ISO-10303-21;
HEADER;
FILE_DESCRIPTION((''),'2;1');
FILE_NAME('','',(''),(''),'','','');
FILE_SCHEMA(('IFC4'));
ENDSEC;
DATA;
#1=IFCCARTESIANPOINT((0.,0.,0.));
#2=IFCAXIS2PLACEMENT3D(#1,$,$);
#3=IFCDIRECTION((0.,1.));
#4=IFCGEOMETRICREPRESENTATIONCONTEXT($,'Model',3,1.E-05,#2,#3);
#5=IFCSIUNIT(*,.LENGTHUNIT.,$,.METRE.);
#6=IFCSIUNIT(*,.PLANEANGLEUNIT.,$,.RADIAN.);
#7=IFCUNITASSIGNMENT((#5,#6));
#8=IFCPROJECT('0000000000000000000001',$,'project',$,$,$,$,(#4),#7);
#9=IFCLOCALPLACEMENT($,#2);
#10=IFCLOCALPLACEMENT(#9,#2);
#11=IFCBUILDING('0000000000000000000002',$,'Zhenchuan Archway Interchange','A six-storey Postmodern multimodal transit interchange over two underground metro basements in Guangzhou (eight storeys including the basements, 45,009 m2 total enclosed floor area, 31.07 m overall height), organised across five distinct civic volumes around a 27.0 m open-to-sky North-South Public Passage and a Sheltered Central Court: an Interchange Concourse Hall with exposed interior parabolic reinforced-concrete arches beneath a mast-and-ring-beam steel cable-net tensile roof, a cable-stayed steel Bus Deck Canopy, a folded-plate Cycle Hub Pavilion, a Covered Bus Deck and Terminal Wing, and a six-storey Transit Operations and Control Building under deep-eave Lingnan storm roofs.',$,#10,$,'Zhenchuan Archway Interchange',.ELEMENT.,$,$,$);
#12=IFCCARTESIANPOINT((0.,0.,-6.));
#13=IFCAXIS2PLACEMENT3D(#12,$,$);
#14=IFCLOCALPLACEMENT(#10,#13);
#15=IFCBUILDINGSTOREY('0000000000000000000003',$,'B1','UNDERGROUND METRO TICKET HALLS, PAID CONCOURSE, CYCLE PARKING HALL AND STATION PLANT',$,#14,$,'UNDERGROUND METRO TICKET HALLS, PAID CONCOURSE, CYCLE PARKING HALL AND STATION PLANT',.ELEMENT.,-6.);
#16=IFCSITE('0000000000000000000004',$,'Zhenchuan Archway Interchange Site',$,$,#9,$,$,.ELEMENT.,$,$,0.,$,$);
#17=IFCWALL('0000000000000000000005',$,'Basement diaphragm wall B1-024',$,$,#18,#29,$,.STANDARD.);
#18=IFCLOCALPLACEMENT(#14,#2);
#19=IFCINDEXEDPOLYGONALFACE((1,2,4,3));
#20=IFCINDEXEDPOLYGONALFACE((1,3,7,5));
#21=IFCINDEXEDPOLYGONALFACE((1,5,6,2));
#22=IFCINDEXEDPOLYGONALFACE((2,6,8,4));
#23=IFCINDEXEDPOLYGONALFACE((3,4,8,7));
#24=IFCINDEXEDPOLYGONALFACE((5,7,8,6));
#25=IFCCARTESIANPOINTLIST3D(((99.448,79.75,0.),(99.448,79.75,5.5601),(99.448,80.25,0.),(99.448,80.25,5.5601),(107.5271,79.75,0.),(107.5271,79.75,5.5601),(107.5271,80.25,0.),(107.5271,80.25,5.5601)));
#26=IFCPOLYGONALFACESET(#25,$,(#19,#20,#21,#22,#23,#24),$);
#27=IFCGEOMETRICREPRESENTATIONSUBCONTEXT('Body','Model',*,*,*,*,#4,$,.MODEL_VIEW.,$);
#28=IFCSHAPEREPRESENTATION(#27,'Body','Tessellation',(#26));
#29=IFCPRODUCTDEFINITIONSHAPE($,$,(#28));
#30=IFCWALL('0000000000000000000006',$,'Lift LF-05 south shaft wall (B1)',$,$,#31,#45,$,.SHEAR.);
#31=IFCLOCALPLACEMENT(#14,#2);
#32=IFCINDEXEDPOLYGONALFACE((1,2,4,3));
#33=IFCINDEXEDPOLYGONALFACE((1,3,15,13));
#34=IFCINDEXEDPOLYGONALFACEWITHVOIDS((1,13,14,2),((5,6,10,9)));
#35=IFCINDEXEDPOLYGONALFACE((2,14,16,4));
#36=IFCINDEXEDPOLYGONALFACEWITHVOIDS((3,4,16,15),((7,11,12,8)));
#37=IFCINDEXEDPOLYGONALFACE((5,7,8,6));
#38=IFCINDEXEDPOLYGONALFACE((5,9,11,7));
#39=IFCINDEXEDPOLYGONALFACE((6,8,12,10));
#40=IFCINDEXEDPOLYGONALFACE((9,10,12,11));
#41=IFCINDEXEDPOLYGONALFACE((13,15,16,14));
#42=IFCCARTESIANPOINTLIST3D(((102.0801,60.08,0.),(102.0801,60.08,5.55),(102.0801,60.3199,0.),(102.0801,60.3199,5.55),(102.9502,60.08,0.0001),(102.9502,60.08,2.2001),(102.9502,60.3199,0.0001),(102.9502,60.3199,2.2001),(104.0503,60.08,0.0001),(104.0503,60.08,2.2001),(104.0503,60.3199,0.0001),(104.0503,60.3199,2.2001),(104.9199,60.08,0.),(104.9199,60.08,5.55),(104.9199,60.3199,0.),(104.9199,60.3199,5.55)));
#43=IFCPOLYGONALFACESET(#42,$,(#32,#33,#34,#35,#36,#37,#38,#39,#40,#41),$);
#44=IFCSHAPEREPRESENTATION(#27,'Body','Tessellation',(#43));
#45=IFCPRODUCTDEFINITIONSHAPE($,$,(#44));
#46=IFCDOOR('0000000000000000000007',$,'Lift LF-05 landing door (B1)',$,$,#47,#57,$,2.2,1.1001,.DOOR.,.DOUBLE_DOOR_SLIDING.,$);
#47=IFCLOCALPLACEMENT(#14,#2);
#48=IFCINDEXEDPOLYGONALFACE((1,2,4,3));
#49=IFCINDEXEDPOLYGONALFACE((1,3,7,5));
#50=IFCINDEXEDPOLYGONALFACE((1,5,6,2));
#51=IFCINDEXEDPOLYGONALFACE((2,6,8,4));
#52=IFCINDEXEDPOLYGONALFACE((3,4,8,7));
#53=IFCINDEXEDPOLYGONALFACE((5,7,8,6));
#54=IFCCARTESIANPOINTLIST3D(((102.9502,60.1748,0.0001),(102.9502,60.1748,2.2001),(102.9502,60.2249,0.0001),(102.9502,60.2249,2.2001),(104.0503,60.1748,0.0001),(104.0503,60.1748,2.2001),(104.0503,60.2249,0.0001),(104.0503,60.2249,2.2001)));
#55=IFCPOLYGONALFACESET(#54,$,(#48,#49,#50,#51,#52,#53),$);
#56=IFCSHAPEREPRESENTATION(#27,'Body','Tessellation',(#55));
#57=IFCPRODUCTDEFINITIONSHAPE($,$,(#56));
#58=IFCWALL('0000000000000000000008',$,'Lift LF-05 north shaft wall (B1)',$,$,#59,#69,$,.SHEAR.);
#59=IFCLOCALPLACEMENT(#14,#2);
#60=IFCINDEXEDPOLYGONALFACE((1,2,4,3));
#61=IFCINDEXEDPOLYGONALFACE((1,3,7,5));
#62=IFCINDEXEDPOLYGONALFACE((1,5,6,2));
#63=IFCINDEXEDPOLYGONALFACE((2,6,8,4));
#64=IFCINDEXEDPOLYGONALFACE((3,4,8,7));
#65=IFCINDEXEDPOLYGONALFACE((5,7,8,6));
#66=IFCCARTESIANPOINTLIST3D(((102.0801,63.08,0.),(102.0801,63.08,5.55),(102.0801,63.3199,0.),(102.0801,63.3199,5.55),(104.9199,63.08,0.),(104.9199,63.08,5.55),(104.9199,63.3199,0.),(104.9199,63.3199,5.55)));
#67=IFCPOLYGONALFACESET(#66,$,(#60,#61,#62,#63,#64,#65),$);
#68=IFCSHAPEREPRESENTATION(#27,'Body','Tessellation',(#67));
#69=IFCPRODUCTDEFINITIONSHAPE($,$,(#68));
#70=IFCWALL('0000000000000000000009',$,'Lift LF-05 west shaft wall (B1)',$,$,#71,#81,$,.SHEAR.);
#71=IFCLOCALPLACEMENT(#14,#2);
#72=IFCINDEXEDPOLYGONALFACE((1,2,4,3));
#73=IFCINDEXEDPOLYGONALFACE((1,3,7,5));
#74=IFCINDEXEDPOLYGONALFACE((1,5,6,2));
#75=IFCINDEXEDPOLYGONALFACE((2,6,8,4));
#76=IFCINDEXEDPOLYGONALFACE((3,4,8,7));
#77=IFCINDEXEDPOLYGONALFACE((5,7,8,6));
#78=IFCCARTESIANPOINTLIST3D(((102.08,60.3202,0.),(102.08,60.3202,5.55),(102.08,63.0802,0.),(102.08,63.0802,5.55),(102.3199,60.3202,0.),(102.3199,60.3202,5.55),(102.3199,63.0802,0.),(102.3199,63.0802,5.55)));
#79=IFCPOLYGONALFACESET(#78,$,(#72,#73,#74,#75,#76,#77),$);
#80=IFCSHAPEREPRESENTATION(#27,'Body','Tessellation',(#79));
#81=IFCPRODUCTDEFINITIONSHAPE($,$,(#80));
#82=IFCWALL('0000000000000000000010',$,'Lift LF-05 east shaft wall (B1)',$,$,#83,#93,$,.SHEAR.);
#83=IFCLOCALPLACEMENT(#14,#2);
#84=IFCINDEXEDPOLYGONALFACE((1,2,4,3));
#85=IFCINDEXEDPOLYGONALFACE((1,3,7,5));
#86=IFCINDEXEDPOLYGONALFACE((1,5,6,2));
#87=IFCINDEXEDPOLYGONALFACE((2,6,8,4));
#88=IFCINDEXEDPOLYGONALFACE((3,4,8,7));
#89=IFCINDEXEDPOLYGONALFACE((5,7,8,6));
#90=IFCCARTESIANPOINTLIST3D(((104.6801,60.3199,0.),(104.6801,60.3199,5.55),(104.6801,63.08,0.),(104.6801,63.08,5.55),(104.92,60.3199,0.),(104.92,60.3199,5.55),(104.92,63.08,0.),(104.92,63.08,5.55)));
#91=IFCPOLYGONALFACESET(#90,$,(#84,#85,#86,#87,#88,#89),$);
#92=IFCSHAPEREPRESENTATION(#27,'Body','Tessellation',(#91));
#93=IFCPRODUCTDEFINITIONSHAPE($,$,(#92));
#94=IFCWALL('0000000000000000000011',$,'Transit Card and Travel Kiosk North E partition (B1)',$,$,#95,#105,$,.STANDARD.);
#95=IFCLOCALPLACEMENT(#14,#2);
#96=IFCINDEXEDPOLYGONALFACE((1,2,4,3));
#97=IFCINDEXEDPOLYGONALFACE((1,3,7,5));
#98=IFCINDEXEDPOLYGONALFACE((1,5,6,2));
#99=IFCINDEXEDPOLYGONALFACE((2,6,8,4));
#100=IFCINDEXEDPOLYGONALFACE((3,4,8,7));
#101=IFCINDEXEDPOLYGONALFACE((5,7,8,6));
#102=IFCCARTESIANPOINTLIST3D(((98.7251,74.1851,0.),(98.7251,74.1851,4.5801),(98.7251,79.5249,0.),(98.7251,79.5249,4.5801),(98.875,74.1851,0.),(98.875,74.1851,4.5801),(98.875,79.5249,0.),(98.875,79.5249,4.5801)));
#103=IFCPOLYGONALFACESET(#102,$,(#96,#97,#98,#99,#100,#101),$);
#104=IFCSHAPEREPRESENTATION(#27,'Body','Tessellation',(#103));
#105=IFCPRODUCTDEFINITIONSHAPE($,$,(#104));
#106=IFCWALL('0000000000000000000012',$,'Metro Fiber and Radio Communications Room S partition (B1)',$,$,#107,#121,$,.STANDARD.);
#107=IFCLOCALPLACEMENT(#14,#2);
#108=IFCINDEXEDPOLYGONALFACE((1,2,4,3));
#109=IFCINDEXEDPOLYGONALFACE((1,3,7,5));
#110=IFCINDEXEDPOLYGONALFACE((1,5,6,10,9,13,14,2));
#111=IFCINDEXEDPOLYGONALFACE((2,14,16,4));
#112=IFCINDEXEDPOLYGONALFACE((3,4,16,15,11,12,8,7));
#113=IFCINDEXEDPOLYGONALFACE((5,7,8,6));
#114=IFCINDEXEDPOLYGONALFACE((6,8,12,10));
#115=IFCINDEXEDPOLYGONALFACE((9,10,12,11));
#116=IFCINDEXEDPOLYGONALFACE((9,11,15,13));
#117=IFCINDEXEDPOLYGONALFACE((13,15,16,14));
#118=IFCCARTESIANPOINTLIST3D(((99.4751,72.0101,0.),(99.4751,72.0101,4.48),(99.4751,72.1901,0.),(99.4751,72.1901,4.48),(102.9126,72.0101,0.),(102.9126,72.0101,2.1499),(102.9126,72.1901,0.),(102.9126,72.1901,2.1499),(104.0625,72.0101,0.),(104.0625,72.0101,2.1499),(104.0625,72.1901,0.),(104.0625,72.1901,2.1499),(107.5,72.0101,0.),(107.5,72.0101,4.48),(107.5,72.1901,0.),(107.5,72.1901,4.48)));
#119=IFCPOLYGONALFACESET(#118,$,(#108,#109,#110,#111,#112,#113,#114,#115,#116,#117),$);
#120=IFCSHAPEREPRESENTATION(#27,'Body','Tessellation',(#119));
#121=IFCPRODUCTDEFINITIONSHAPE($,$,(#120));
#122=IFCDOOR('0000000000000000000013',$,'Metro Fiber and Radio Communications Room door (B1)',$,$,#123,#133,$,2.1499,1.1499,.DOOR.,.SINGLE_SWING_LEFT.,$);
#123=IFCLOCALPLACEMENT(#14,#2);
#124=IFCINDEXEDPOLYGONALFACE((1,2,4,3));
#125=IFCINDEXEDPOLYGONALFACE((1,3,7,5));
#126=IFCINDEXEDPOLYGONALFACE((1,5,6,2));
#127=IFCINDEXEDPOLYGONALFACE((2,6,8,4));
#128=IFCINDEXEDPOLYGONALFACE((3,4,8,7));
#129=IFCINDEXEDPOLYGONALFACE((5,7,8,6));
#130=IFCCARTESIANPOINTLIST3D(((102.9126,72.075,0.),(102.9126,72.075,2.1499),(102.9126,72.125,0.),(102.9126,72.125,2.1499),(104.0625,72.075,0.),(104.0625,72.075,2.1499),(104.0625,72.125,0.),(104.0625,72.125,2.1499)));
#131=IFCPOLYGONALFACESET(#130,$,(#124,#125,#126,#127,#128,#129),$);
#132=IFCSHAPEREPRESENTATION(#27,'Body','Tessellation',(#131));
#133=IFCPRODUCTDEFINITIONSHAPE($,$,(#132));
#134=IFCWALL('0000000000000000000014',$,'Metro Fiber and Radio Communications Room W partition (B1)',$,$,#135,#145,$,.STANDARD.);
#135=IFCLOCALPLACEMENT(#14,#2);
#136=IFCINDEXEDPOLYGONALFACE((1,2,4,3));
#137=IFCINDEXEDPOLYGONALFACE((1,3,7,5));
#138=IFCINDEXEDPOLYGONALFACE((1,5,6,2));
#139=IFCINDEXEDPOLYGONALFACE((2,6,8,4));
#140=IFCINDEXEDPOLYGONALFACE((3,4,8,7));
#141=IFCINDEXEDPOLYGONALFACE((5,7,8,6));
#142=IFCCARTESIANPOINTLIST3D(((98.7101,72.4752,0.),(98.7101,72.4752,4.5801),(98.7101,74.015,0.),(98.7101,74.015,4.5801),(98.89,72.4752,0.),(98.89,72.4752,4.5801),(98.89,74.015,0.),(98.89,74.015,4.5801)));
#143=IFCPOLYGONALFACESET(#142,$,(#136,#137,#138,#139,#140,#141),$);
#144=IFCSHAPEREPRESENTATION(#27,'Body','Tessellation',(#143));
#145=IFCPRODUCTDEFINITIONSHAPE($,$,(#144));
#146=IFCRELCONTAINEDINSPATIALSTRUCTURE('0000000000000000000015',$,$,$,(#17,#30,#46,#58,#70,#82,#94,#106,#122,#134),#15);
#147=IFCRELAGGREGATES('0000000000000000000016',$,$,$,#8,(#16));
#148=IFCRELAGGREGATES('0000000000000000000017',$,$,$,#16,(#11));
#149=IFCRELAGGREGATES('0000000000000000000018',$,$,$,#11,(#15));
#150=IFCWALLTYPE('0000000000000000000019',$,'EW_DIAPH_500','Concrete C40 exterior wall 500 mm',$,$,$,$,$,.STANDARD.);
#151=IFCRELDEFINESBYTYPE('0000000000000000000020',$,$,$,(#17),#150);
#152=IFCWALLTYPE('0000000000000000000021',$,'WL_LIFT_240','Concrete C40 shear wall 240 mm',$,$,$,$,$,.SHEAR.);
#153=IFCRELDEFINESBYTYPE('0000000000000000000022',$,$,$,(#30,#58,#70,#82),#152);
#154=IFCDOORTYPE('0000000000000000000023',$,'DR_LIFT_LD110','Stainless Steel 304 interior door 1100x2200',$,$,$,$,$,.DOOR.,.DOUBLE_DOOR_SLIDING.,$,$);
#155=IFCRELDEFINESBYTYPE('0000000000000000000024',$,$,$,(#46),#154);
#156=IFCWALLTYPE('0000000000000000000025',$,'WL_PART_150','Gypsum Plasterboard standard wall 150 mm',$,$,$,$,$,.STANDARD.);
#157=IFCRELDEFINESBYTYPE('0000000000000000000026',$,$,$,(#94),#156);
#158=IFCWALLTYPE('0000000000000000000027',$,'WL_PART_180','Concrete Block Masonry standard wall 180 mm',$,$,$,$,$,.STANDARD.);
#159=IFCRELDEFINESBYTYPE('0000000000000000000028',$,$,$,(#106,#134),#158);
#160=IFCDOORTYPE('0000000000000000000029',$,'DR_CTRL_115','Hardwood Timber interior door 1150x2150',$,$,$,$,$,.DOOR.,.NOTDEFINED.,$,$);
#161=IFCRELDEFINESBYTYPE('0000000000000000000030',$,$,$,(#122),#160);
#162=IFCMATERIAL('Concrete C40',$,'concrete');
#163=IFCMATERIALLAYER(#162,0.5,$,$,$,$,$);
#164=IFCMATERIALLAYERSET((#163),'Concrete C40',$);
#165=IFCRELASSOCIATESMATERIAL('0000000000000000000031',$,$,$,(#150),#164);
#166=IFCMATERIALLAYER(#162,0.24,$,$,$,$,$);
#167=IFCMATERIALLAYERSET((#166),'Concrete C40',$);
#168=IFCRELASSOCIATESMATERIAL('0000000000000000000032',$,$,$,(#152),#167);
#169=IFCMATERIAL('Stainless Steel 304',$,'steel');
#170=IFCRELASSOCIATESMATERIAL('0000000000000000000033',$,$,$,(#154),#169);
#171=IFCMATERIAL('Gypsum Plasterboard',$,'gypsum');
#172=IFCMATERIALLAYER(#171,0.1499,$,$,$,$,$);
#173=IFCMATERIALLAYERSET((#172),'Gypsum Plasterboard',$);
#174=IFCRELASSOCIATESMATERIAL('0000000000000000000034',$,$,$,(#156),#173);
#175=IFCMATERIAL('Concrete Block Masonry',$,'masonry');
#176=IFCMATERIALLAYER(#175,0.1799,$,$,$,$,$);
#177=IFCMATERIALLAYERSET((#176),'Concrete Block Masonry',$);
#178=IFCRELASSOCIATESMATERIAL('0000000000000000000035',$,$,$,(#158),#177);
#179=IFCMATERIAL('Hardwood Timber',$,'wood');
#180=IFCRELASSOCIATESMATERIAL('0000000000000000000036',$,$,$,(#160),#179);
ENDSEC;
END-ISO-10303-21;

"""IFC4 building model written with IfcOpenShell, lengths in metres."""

from ifc_helpers import new_model, si_unit, direction, frame, frame_2d, origin, place, context, subcontext, project, spatial, rectangle, extrude, material, layer, layer_set, type_object, element, fill, save


model = new_model("IFC4")

# Units and contexts
model_context = context("Model", 3, precision=1e-05, world=origin(), true_north=direction((0.0, 1.0)))
body_context = subcontext(model_context, "Body", "Model", "MODEL_VIEW")
ifc_project = project(units=[si_unit("LENGTHUNIT", "METRE"), si_unit("PLANEANGLEUNIT", "RADIAN")], contexts=[model_context])

# Site, building, storey
site_placement = place(None, origin())
site = spatial("IfcSite", under=ifc_project, at=site_placement, Name="Zhenchuan Archway Interchange Site", CompositionType="ELEMENT", RefElevation=0.0)
building_placement = place(site_placement, origin())
building = spatial("IfcBuilding", under=site, at=building_placement, Name="Zhenchuan Archway Interchange", Description="A six-storey Postmodern multimodal transit interchange over two underground metro basements in Guangzhou (eight storeys including the basements, 45,009 m2 total enclosed floor area, 31.07 m overall height), organised across five distinct civic volumes around a 27.0 m open-to-sky North-South Public Passage and a Sheltered Central Court: an Interchange Concourse Hall with exposed interior parabolic reinforced-concrete arches beneath a mast-and-ring-beam steel cable-net tensile roof, a cable-stayed steel Bus Deck Canopy, a folded-plate Cycle Hub Pavilion, a Covered Bus Deck and Terminal Wing, and a six-storey Transit Operations and Control Building under deep-eave Lingnan storm roofs.", LongName="Zhenchuan Archway Interchange", CompositionType="ELEMENT")
storey_placement = place(building_placement, frame((0.0, 0.0, -6.0)))
storey = spatial("IfcBuildingStorey", under=building, at=storey_placement, Name="B1", Description="UNDERGROUND METRO TICKET HALLS, PAID CONCOURSE, CYCLE PARKING HALL AND STATION PLANT", LongName="UNDERGROUND METRO TICKET HALLS, PAID CONCOURSE, CYCLE PARKING HALL AND STATION PLANT", CompositionType="ELEMENT", Elevation=-6.0)

# Shared definitions
ifc_material_1 = material(Name="Concrete C40", Category="concrete")

# Wall
ifc_layer_1 = layer(ifc_material_1, 0.5)
ifc_layer_set_1 = layer_set([ifc_layer_1], Name="Concrete C40")
wall_type_1 = type_object("IfcWallType", Name="EW_DIAPH_500", Description="Concrete C40 exterior wall 500 mm", PredefinedType="STANDARD", material=ifc_layer_set_1)
wall_1_placement = place(storey_placement, frame((99.448, 80.0, 0.0), z_axis=(0.0, 0.0, 1.0), x_axis=(1.0, 0.0, 0.0)))
element("IfcWall", 1, at=wall_1_placement, inside=storey, type_object=wall_type_1, Name="Basement diaphragm wall B1-024", PredefinedType="STANDARD", context=body_context, shape_type="SweptSolid", body=[
    extrude(rectangle(XDim=8.0791, YDim=0.5, at=frame_2d((4.0396, 0.0))), origin(), (0.0, 0.0, 1.0), 5.5601),
])

# Wall, opening, door
ifc_layer_2 = layer(ifc_material_1, 0.24)
ifc_layer_set_2 = layer_set([ifc_layer_2], Name="Concrete C40")
wall_type_2 = type_object("IfcWallType", Name="WL_LIFT_240", Description="Concrete C40 shear wall 240 mm", PredefinedType="SHEAR", material=ifc_layer_set_2)
wall_2_placement = place(storey_placement, frame((102.0801, 60.2, 0.0), z_axis=(0.0, 0.0, 1.0), x_axis=(1.0, 0.0, 0.0)))
wall_2 = element("IfcWall", 2, at=wall_2_placement, inside=storey, type_object=wall_type_2, Name="Lift LF-05 south shaft wall (B1)", PredefinedType="SHEAR", context=body_context, shape_type="SweptSolid", body=[
    extrude(rectangle(XDim=2.8398, YDim=0.24, at=frame_2d((1.4199, 0.0))), origin(), (0.0, 0.0, 1.0), 5.55),
])
opening_1_placement = place(wall_2_placement, frame((0.8701, 0.0, 0.0)))
opening_1 = element("IfcOpeningElement", 3, at=opening_1_placement, cuts=wall_2, PredefinedType="OPENING", context=body_context, shape_type="SweptSolid", body=[
    extrude(rectangle(XDim=1.1001, YDim=2.2, at=frame_2d((0.55, 1.1001))), frame((0.0, 0.1318, 0.0), z_axis=(0.0, -1.0, 0.0), x_axis=(1.0, 0.0, 0.0)), (0.0, 0.0, 1.0), 0.2639),
])
ifc_material_2 = material(Name="Stainless Steel 304", Category="steel")
door_type_1 = type_object("IfcDoorType", Name="DR_LIFT_LD110", Description="Stainless Steel 304 interior door 1100x2200", OperationType="DOUBLE_DOOR_SLIDING", PredefinedType="DOOR", material=ifc_material_2)
door_1_placement = place(opening_1_placement, origin())
door_1 = element("IfcDoor", 4, at=door_1_placement, inside=storey, type_object=door_type_1, Name="Lift LF-05 landing door (B1)", OperationType="DOUBLE_DOOR_SLIDING", OverallHeight=2.2, OverallWidth=1.1001, PredefinedType="DOOR", context=body_context, shape_type="SweptSolid", body=[
    extrude(rectangle(XDim=1.1001, YDim=2.2, at=frame_2d((0.55, 1.1001))), frame((0.0, 0.0249, 0.0), z_axis=(0.0, -1.0, 0.0), x_axis=(1.0, 0.0, 0.0)), (0.0, 0.0, 1.0), 0.05),
])
fill(opening_1, door_1)

# Walls
wall_3_placement = place(storey_placement, frame((104.9199, 63.2, 0.0), z_axis=(0.0, 0.0, 1.0), x_axis=(-1.0, 0.0, 0.0)))
element("IfcWall", 5, at=wall_3_placement, inside=storey, type_object=wall_type_2, Name="Lift LF-05 north shaft wall (B1)", PredefinedType="SHEAR", context=body_context, shape_type="SweptSolid", body=[
    extrude(rectangle(XDim=2.8398, YDim=0.24, at=frame_2d((1.4199, 0.0))), origin(), (0.0, 0.0, 1.0), 5.55),
])
for number, where, z_axis, x_axis, name in (
    (6, (102.2, 63.0801, 0.0), (0.0, 0.0, 1.0), (0.0, -1.0, 0.0), "Lift LF-05 west shaft wall (B1)"),
    (7, (104.8, 60.3201, 0.0), (0.0, 0.0, 1.0), (0.0, 1.0, 0.0), "Lift LF-05 east shaft wall (B1)"),
):
    element("IfcWall", number, at=place(storey_placement, frame(where, z_axis=z_axis, x_axis=x_axis)), inside=storey, type_object=wall_type_2, Name=name, PredefinedType="SHEAR", context=body_context, shape_type="SweptSolid", body=[
        extrude(rectangle(XDim=2.76, YDim=0.24, at=frame_2d((1.3799, 0.0))), origin(), (0.0, 0.0, 1.0), 5.55),
    ])
ifc_material_3 = material(Name="Gypsum Plasterboard", Category="gypsum")
ifc_layer_3 = layer(ifc_material_3, 0.1499)
ifc_layer_set_3 = layer_set([ifc_layer_3], Name="Gypsum Plasterboard")
wall_type_3 = type_object("IfcWallType", Name="WL_PART_150", Description="Gypsum Plasterboard standard wall 150 mm", PredefinedType="STANDARD", material=ifc_layer_set_3)
wall_4_placement = place(storey_placement, frame((98.8, 74.1851, 0.0), z_axis=(0.0, 0.0, 1.0), x_axis=(0.0, 1.0, 0.0)))
element("IfcWall", 8, at=wall_4_placement, inside=storey, type_object=wall_type_3, Name="Transit Card and Travel Kiosk North E partition (B1)", PredefinedType="STANDARD", context=body_context, shape_type="SweptSolid", body=[
    extrude(rectangle(XDim=5.3398, YDim=0.1499, at=frame_2d((2.6699, 0.0))), origin(), (0.0, 0.0, 1.0), 4.5801),
])

# Wall, opening, door
ifc_material_4 = material(Name="Concrete Block Masonry", Category="masonry")
ifc_layer_4 = layer(ifc_material_4, 0.1799)
ifc_layer_set_4 = layer_set([ifc_layer_4], Name="Concrete Block Masonry")
wall_type_4 = type_object("IfcWallType", Name="WL_PART_180", Description="Concrete Block Masonry standard wall 180 mm", PredefinedType="STANDARD", material=ifc_layer_set_4)
wall_5_placement = place(storey_placement, frame((99.4751, 72.1001, 0.0), z_axis=(0.0, 0.0, 1.0), x_axis=(1.0, 0.0, 0.0)))
wall_5 = element("IfcWall", 9, at=wall_5_placement, inside=storey, type_object=wall_type_4, Name="Metro Fiber and Radio Communications Room S partition (B1)", PredefinedType="STANDARD", context=body_context, shape_type="SweptSolid", body=[
    extrude(rectangle(XDim=8.0249, YDim=0.1799, at=frame_2d((4.0125, 0.0))), origin(), (0.0, 0.0, 1.0), 4.48),
])
opening_2_placement = place(wall_5_placement, frame((3.4375, 0.0, 0.0)))
opening_2 = element("IfcOpeningElement", 10, at=opening_2_placement, cuts=wall_5, PredefinedType="OPENING", context=body_context, shape_type="SweptSolid", body=[
    extrude(rectangle(XDim=1.1499, YDim=2.1499, at=frame_2d((0.575, 1.075))), frame((0.0, 0.1021, 0.0), z_axis=(0.0, -1.0, 0.0), x_axis=(1.0, 0.0, 0.0)), (0.0, 0.0, 1.0), 0.2039),
])
ifc_material_5 = material(Name="Hardwood Timber", Category="wood")
door_type_2 = type_object("IfcDoorType", Name="DR_CTRL_115", Description="Hardwood Timber interior door 1150x2150", OperationType="NOTDEFINED", PredefinedType="DOOR", material=ifc_material_5)
door_2_placement = place(opening_2_placement, origin())
door_2 = element("IfcDoor", 11, at=door_2_placement, inside=storey, type_object=door_type_2, Name="Metro Fiber and Radio Communications Room door (B1)", OperationType="SINGLE_SWING_LEFT", OverallHeight=2.1499, OverallWidth=1.1499, PredefinedType="DOOR", context=body_context, shape_type="SweptSolid", body=[
    extrude(rectangle(XDim=1.1499, YDim=2.1499, at=frame_2d((0.575, 1.075))), frame((0.0, 0.0249, 0.0), z_axis=(0.0, -1.0, 0.0), x_axis=(1.0, 0.0, 0.0)), (0.0, 0.0, 1.0), 0.05),
])
fill(opening_2, door_2)

# Wall
wall_6_placement = place(storey_placement, frame((98.8, 72.4751, 0.0), z_axis=(0.0, 0.0, 1.0), x_axis=(0.0, 1.0, 0.0)))
element("IfcWall", 12, at=wall_6_placement, inside=storey, type_object=wall_type_4, Name="Metro Fiber and Radio Communications Room W partition (B1)", PredefinedType="STANDARD", context=body_context, shape_type="SweptSolid", body=[
    extrude(rectangle(XDim=1.5398, YDim=0.1799, at=frame_2d((0.77, 0.0))), origin(), (0.0, 0.0, 1.0), 4.5801),
])

save(model, "model.ifc")
